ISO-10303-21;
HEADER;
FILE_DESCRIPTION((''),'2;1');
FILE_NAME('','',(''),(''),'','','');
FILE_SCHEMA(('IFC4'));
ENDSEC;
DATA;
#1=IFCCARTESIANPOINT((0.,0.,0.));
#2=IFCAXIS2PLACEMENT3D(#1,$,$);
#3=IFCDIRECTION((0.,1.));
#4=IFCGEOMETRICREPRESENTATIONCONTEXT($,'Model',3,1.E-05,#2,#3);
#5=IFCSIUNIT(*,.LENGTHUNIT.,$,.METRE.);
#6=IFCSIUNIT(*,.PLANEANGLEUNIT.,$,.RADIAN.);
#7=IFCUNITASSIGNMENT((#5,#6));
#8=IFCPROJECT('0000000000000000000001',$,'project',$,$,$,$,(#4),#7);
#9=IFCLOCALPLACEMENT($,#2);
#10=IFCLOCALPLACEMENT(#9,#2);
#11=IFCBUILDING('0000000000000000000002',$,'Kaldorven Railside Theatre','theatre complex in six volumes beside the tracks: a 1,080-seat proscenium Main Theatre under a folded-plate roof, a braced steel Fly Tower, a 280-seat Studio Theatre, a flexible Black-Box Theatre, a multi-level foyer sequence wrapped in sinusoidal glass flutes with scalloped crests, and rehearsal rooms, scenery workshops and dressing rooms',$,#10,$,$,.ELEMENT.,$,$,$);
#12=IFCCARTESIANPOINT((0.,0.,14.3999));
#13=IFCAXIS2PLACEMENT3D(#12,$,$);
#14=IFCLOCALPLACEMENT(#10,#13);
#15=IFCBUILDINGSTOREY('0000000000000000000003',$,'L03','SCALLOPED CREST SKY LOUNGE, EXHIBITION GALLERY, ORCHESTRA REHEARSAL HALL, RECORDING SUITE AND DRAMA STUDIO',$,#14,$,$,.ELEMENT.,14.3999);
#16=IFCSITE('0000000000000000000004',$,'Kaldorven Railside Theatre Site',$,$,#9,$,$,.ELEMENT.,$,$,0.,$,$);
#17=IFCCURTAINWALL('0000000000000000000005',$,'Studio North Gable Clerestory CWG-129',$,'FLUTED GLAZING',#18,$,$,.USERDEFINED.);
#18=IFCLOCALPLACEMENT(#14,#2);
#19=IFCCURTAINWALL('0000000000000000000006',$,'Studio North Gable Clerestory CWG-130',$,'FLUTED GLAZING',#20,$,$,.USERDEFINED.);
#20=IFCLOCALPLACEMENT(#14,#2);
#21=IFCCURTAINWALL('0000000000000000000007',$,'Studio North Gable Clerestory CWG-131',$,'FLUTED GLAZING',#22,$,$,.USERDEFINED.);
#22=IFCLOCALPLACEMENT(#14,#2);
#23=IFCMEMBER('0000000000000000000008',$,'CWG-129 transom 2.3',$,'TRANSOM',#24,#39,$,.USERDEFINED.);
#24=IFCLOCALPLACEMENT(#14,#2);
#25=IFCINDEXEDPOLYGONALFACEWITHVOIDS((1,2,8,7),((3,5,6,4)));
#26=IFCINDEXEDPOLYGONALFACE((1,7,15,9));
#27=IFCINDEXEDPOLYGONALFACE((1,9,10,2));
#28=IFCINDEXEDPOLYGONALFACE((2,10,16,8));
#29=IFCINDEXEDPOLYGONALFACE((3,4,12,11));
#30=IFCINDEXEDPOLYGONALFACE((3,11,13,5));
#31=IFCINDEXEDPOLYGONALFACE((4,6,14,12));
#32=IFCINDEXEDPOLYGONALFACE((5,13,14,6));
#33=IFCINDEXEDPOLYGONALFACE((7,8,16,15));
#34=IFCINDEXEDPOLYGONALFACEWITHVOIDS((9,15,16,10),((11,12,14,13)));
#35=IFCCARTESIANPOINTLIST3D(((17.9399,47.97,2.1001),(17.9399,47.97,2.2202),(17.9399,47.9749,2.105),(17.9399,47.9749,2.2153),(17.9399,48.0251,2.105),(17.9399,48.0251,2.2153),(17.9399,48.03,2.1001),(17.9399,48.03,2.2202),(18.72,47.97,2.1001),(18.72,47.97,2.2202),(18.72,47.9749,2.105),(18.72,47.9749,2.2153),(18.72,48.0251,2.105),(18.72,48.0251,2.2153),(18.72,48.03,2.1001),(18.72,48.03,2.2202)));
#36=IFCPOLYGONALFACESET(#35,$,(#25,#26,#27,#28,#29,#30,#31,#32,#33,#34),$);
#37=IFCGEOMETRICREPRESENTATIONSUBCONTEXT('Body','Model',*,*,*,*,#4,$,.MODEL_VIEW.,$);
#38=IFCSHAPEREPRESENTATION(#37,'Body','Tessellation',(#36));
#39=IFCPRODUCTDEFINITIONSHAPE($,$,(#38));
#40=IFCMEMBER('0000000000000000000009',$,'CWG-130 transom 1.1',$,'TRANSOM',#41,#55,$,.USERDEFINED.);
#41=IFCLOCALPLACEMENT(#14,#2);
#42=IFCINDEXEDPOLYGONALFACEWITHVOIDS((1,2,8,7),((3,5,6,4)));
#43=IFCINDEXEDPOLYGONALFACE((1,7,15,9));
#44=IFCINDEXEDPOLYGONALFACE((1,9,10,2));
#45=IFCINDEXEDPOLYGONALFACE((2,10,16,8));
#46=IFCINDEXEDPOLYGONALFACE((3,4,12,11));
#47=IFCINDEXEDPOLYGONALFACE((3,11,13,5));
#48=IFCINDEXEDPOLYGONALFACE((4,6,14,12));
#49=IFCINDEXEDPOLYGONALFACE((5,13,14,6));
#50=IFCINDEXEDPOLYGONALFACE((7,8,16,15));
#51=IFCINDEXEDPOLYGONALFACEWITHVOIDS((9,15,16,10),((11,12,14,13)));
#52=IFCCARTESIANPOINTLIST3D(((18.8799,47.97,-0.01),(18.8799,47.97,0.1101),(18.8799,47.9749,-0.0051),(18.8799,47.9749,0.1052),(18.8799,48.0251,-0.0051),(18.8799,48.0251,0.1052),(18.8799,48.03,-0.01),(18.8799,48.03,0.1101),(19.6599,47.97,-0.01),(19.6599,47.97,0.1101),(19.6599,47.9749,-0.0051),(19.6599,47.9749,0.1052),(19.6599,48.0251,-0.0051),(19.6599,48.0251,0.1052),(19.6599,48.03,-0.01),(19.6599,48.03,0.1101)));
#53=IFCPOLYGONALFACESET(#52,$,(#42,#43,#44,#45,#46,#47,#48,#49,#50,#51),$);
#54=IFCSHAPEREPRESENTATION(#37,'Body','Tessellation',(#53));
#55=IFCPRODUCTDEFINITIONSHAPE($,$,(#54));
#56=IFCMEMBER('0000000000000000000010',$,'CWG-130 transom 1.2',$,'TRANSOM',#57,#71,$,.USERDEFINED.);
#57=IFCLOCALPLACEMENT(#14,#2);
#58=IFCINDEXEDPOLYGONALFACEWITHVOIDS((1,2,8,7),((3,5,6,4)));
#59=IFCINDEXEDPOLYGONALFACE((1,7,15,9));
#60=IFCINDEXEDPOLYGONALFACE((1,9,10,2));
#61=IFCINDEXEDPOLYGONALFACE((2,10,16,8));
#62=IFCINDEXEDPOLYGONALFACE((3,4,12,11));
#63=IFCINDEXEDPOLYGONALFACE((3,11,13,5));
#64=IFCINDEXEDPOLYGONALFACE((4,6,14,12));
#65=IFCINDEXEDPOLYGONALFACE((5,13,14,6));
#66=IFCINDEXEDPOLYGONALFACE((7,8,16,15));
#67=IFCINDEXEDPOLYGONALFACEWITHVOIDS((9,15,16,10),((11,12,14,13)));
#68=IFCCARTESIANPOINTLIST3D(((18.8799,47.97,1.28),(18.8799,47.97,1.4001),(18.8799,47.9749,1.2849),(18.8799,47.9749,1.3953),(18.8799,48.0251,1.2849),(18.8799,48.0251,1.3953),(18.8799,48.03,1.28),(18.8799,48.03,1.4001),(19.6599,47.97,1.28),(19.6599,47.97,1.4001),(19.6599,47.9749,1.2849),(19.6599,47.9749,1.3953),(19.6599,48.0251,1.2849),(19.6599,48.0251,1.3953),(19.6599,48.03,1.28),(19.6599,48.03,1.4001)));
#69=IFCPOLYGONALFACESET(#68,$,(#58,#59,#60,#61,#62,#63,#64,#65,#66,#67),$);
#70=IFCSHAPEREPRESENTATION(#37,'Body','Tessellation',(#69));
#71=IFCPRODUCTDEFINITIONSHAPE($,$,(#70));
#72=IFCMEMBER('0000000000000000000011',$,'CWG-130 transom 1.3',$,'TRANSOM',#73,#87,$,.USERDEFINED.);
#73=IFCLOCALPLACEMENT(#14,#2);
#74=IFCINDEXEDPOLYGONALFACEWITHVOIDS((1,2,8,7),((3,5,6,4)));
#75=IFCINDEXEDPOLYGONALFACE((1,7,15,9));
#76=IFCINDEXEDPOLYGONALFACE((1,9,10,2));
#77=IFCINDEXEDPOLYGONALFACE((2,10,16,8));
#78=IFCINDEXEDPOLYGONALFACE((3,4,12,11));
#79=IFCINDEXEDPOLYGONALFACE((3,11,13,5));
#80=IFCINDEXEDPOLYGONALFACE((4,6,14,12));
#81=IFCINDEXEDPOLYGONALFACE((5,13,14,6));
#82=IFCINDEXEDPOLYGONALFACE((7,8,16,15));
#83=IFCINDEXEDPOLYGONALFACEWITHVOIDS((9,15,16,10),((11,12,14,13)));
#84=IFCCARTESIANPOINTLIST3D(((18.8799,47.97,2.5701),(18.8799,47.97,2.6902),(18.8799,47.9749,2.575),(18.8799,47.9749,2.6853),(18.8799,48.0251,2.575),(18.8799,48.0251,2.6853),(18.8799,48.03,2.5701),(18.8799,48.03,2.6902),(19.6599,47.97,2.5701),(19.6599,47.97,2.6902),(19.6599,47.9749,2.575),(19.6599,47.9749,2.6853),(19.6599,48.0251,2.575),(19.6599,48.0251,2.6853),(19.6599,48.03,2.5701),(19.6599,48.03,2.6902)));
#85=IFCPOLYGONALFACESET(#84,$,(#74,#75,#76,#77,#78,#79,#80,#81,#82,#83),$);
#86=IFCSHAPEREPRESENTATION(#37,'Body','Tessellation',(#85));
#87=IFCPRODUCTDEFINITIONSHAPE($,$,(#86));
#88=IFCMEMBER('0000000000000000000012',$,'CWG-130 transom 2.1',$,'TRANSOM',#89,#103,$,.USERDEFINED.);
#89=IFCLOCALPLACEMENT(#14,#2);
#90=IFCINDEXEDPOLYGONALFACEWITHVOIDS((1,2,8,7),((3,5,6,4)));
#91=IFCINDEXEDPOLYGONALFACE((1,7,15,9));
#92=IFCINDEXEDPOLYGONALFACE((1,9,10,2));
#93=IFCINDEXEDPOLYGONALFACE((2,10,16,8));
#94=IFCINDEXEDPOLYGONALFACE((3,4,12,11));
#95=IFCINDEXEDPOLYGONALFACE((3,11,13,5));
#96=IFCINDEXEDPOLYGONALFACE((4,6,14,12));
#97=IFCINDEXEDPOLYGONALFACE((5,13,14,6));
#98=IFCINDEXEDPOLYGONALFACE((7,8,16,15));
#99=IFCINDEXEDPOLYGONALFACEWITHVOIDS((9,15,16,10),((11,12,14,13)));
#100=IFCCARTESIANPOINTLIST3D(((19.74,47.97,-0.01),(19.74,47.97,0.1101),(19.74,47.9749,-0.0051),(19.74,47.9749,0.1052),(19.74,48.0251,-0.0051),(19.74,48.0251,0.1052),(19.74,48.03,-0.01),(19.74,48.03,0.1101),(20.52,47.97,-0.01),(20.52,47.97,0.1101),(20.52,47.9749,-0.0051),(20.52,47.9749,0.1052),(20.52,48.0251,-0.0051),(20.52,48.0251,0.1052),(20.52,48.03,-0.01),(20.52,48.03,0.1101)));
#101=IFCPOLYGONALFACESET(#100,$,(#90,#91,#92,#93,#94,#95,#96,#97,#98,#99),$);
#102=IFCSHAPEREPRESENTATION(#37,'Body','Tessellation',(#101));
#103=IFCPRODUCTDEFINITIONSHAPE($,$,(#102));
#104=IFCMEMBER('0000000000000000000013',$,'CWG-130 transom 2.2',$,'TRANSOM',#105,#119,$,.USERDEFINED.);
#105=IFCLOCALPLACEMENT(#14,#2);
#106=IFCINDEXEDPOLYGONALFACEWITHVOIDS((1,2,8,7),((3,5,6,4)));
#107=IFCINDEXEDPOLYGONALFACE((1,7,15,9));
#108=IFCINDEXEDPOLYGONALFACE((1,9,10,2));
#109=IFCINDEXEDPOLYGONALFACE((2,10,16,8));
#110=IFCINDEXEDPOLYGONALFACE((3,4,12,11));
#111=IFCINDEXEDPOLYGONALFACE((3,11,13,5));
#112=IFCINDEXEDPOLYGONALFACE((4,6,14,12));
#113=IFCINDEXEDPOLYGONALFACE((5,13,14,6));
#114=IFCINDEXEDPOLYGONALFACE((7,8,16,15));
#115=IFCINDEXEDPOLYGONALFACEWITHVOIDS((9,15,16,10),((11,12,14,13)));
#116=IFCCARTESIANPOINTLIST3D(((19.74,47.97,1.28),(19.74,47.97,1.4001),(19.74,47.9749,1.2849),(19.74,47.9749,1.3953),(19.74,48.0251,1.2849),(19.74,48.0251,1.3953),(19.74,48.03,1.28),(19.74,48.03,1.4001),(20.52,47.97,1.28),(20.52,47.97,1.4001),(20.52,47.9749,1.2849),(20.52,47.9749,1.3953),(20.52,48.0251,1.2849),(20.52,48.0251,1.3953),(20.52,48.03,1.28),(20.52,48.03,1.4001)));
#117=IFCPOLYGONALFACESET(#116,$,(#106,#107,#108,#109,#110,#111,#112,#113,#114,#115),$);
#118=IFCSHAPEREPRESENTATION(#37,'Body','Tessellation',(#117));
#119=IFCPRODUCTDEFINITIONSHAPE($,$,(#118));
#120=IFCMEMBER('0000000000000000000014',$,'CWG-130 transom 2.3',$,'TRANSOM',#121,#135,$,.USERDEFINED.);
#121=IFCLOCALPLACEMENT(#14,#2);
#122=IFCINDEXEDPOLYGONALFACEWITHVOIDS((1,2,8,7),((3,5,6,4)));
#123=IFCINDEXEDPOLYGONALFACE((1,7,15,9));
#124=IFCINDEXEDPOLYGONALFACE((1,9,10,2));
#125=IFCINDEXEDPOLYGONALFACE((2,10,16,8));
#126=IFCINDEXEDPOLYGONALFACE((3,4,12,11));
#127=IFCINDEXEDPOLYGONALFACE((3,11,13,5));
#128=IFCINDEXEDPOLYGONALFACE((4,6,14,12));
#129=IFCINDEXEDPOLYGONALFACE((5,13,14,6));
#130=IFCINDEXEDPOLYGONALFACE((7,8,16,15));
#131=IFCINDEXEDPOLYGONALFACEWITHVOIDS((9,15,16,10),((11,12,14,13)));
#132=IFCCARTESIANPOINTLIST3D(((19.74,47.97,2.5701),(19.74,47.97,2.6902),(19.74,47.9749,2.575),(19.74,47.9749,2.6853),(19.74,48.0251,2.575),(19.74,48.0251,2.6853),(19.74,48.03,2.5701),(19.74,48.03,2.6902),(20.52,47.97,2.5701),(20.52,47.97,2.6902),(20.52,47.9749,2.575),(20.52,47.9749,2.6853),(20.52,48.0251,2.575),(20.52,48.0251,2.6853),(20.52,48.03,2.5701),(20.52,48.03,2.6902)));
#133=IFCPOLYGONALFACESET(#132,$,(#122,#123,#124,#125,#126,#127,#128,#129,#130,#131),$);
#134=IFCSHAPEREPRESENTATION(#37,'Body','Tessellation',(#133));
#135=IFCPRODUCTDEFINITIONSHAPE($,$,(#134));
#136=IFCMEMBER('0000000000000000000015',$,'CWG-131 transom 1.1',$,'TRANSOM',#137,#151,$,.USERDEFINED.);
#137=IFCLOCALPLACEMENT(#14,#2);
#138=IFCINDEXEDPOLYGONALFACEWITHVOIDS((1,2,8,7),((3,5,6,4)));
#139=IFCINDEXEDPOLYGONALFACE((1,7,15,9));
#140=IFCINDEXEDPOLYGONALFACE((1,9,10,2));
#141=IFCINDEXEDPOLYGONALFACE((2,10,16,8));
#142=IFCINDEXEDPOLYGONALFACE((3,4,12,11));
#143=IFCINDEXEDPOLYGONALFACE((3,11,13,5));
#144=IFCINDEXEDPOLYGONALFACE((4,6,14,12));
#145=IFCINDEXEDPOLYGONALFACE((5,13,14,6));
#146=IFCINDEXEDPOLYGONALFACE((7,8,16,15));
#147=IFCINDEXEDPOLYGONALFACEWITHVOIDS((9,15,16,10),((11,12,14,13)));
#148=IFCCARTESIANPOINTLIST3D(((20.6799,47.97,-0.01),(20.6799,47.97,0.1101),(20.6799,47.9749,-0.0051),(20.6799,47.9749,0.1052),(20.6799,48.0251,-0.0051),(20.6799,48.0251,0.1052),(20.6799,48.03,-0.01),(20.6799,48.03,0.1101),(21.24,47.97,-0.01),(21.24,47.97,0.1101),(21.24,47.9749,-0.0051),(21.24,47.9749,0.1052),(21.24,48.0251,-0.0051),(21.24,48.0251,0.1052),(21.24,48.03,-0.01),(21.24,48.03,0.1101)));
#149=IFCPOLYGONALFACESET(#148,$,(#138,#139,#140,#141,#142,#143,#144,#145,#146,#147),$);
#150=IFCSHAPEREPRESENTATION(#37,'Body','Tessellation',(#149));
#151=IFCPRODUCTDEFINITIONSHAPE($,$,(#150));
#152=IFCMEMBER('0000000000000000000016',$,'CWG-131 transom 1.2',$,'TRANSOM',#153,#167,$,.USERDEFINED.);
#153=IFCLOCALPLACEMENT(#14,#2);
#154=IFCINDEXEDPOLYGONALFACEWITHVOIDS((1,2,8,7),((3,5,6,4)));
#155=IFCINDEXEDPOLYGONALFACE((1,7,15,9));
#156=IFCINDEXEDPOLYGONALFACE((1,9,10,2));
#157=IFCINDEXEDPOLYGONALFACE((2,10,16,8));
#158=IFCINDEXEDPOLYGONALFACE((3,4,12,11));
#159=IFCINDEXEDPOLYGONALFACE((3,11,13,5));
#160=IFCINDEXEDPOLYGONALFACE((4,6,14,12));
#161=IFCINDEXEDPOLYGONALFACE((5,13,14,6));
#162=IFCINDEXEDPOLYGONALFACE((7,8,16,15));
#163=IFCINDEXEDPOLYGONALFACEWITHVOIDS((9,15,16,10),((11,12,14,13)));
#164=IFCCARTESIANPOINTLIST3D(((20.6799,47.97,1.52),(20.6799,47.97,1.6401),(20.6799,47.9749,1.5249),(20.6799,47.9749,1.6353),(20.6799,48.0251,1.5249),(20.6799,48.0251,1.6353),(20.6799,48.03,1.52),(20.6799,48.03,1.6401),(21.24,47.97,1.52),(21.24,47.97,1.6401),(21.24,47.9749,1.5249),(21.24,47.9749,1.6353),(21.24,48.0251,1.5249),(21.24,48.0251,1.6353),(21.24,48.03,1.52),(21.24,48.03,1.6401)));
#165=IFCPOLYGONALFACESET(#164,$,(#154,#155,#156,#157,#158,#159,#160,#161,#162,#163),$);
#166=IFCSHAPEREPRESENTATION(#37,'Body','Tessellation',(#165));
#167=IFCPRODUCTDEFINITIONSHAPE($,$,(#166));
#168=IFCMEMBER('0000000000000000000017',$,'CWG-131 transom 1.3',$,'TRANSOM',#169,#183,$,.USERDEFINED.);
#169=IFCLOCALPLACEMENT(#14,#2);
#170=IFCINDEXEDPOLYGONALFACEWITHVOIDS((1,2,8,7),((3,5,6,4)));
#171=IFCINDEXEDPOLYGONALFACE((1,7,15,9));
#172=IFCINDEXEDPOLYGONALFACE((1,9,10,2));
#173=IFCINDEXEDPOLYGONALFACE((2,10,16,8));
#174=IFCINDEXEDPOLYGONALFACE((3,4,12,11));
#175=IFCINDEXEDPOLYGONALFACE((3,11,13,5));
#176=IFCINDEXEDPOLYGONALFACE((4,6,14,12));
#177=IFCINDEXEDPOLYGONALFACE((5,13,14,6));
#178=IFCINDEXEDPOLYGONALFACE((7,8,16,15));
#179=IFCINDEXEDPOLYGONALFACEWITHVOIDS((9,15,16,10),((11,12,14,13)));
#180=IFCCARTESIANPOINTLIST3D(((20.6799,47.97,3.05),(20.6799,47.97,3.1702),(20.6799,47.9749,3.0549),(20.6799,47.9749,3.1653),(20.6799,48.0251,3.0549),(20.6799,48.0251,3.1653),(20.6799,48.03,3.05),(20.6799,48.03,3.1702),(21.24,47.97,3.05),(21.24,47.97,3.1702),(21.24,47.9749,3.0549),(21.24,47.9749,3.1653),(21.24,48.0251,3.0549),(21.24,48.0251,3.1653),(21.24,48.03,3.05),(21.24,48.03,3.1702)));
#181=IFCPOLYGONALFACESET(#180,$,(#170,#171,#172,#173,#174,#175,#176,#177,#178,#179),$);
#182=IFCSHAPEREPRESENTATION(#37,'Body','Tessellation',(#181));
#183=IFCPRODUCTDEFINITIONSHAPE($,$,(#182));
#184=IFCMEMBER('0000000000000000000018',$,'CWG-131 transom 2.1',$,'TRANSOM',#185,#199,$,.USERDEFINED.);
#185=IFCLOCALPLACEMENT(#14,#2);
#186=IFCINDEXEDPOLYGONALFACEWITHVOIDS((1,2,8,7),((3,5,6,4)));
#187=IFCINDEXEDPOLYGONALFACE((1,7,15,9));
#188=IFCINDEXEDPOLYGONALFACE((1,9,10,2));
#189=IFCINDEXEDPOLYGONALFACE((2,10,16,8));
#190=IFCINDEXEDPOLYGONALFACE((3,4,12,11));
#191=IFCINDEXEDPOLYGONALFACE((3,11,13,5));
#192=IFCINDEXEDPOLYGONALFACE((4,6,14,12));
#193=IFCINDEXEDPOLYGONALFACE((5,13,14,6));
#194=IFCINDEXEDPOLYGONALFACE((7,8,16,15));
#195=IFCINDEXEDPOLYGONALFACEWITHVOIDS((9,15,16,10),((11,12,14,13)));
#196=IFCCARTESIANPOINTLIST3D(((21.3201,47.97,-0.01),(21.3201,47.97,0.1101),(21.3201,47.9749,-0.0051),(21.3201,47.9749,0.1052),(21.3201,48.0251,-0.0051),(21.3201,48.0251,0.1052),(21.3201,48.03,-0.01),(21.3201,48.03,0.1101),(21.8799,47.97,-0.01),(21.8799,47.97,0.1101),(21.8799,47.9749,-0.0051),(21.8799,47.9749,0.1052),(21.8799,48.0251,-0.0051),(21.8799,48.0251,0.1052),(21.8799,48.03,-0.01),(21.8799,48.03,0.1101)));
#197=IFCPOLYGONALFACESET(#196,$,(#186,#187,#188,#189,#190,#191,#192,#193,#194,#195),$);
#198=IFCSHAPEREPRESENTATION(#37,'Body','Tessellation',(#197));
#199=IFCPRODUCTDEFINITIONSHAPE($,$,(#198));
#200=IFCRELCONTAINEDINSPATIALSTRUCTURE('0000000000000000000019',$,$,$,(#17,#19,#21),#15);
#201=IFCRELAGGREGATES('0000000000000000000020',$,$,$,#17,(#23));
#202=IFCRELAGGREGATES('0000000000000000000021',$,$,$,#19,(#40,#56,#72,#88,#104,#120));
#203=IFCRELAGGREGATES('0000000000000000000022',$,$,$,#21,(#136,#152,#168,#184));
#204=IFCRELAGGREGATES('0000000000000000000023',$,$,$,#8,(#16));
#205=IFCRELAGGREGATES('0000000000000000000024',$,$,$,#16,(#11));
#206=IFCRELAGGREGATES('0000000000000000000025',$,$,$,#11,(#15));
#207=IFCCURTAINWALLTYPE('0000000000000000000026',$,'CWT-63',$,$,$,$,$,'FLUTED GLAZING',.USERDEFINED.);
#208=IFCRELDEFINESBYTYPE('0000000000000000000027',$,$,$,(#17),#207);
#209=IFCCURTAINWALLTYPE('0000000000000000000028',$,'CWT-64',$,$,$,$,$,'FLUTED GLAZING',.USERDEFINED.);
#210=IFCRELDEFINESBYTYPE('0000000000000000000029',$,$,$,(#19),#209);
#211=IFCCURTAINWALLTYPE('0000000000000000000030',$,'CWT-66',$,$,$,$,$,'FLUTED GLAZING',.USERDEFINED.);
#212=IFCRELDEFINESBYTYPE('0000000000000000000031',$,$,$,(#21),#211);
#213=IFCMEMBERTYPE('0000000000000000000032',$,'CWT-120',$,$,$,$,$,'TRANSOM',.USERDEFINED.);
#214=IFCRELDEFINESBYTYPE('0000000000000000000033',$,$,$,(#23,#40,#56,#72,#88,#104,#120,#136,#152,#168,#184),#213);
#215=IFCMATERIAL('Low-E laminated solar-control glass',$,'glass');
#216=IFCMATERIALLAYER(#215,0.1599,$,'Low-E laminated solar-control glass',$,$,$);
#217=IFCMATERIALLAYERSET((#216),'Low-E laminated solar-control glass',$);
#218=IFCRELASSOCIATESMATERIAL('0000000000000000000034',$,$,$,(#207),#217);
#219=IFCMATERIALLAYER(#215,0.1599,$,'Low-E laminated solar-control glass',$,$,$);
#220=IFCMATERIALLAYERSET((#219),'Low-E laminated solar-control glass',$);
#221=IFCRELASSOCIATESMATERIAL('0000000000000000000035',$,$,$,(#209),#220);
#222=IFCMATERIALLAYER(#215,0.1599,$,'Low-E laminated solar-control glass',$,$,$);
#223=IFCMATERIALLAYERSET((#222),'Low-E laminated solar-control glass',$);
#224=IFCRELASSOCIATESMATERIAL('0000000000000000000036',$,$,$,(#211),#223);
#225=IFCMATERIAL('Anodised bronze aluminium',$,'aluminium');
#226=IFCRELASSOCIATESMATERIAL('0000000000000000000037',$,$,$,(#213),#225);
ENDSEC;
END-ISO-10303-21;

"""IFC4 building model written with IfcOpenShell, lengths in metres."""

from ifc_helpers import new_model, si_unit, direction, frame, origin, origin_2d, place, context, subcontext, project, spatial, hollow_rectangle, extrude, material, layer, layer_set, material_profile, profile_set, type_object, element, aggregate, save


model = new_model("IFC4")

# Units and contexts
model_context = context("Model", 3, precision=1e-05, world=origin(), true_north=direction((0.0, 1.0)))
body_context = subcontext(model_context, "Body", "Model", "MODEL_VIEW")
ifc_project = project(units=[si_unit("LENGTHUNIT", "METRE"), si_unit("PLANEANGLEUNIT", "RADIAN")], contexts=[model_context])

# Site, building, storey
site_placement = place(None, origin())
site = spatial("IfcSite", under=ifc_project, at=site_placement, Name="Kaldorven Railside Theatre Site", CompositionType="ELEMENT", RefElevation=0.0)
building_placement = place(site_placement, origin())
building = spatial("IfcBuilding", under=site, at=building_placement, Name="Kaldorven Railside Theatre", Description="theatre complex in six volumes beside the tracks: a 1,080-seat proscenium Main Theatre under a folded-plate roof, a braced steel Fly Tower, a 280-seat Studio Theatre, a flexible Black-Box Theatre, a multi-level foyer sequence wrapped in sinusoidal glass flutes with scalloped crests, and rehearsal rooms, scenery workshops and dressing rooms", CompositionType="ELEMENT")
storey_placement = place(building_placement, frame((0.0, 0.0, 14.3999)))
storey = spatial("IfcBuildingStorey", under=building, at=storey_placement, Name="L03", Description="SCALLOPED CREST SKY LOUNGE, EXHIBITION GALLERY, ORCHESTRA REHEARSAL HALL, RECORDING SUITE AND DRAMA STUDIO", CompositionType="ELEMENT", Elevation=14.3999)

# Curtain walls
ifc_material_1 = material(Name="Low-E laminated solar-control glass", Category="glass")
ifc_layer_1 = layer(ifc_material_1, 0.1599, Name="Low-E laminated solar-control glass")
ifc_layer_set_1 = layer_set([ifc_layer_1], Name="Low-E laminated solar-control glass")
curtain_wall_type_1 = type_object("IfcCurtainWallType", Name="CWT-63", ElementType="FLUTED GLAZING", PredefinedType="USERDEFINED", material=ifc_layer_set_1)
curtain_wall_1_placement = place(storey_placement, origin())
curtain_wall_1 = element("IfcCurtainWall", 1, at=curtain_wall_1_placement, inside=storey, type_object=curtain_wall_type_1, Name="Studio North Gable Clerestory CWG-129", ObjectType="FLUTED GLAZING", PredefinedType="USERDEFINED")
ifc_material_2 = material(Name="Anodised bronze aluminium", Category="aluminium")
ifc_layer_2 = layer(ifc_material_1, 0.1599, Name="Low-E laminated solar-control glass")
ifc_layer_set_2 = layer_set([ifc_layer_2], Name="Low-E laminated solar-control glass")
curtain_wall_type_2 = type_object("IfcCurtainWallType", Name="CWT-64", ElementType="FLUTED GLAZING", PredefinedType="USERDEFINED", material=ifc_layer_set_2)
curtain_wall_2_placement = place(storey_placement, origin())
curtain_wall_2 = element("IfcCurtainWall", 2, at=curtain_wall_2_placement, inside=storey, type_object=curtain_wall_type_2, Name="Studio North Gable Clerestory CWG-130", ObjectType="FLUTED GLAZING", PredefinedType="USERDEFINED")
ifc_layer_3 = layer(ifc_material_1, 0.1599, Name="Low-E laminated solar-control glass")
ifc_layer_set_3 = layer_set([ifc_layer_3], Name="Low-E laminated solar-control glass")
curtain_wall_type_3 = type_object("IfcCurtainWallType", Name="CWT-66", ElementType="FLUTED GLAZING", PredefinedType="USERDEFINED", material=ifc_layer_set_3)
curtain_wall_3_placement = place(storey_placement, origin())
curtain_wall_3 = element("IfcCurtainWall", 3, at=curtain_wall_3_placement, inside=storey, type_object=curtain_wall_type_3, Name="Studio North Gable Clerestory CWG-131", ObjectType="FLUTED GLAZING", PredefinedType="USERDEFINED")

# Members
ifc_material_profile_1 = material_profile(ifc_material_2, hollow_rectangle(XDim=0.0601, YDim=0.1201, WallThickness=0.0049, at=origin_2d()), Name="RHS 120x60x5")
ifc_profile_set_1 = profile_set([ifc_material_profile_1], Name="Anodised bronze aluminium")
member_type_1 = type_object("IfcMemberType", Name="CWT-120", ElementType="TRANSOM", PredefinedType="USERDEFINED", material=ifc_profile_set_1)
member_1_placement = place(storey_placement, frame((17.9399, 48.0, 2.1602), z_axis=(1.0, 0.0, 0.0), x_axis=(0.0, 1.0, 0.0)))
member_1 = element("IfcMember", 4, at=member_1_placement, type_object=member_type_1, Name="CWG-129 transom 2.3", ObjectType="TRANSOM", PredefinedType="USERDEFINED", context=body_context, shape_type="SweptSolid", body=[
    extrude(hollow_rectangle(XDim=0.0601, YDim=0.1201, WallThickness=0.0049, at=origin_2d()), origin(), (0.0, 0.0, 1.0), 0.78),
])
member_2_placement = place(storey_placement, frame((18.8799, 48.0, 0.05), z_axis=(1.0, 0.0, 0.0), x_axis=(0.0, 1.0, 0.0)))
member_2 = element("IfcMember", 5, at=member_2_placement, type_object=member_type_1, Name="CWG-130 transom 1.1", ObjectType="TRANSOM", PredefinedType="USERDEFINED", context=body_context, shape_type="SweptSolid", body=[
    extrude(hollow_rectangle(XDim=0.0601, YDim=0.1201, WallThickness=0.0049, at=origin_2d()), origin(), (0.0, 0.0, 1.0), 0.78),
])
member_3_placement = place(storey_placement, frame((18.8799, 48.0, 1.3401), z_axis=(1.0, 0.0, 0.0), x_axis=(0.0, 1.0, 0.0)))
member_3 = element("IfcMember", 6, at=member_3_placement, type_object=member_type_1, Name="CWG-130 transom 1.2", ObjectType="TRANSOM", PredefinedType="USERDEFINED", context=body_context, shape_type="SweptSolid", body=[
    extrude(hollow_rectangle(XDim=0.0601, YDim=0.1201, WallThickness=0.0049, at=origin_2d()), origin(), (0.0, 0.0, 1.0), 0.78),
])
member_4_placement = place(storey_placement, frame((18.8799, 48.0, 2.6301), z_axis=(1.0, 0.0, 0.0), x_axis=(0.0, 1.0, 0.0)))
member_4 = element("IfcMember", 7, at=member_4_placement, type_object=member_type_1, Name="CWG-130 transom 1.3", ObjectType="TRANSOM", PredefinedType="USERDEFINED", context=body_context, shape_type="SweptSolid", body=[
    extrude(hollow_rectangle(XDim=0.0601, YDim=0.1201, WallThickness=0.0049, at=origin_2d()), origin(), (0.0, 0.0, 1.0), 0.78),
])
member_5_placement = place(storey_placement, frame((19.74, 48.0, 0.05), z_axis=(1.0, 0.0, 0.0), x_axis=(0.0, 1.0, 0.0)))
member_5 = element("IfcMember", 8, at=member_5_placement, type_object=member_type_1, Name="CWG-130 transom 2.1", ObjectType="TRANSOM", PredefinedType="USERDEFINED", context=body_context, shape_type="SweptSolid", body=[
    extrude(hollow_rectangle(XDim=0.0601, YDim=0.1201, WallThickness=0.0049, at=origin_2d()), origin(), (0.0, 0.0, 1.0), 0.78),
])
member_6_placement = place(storey_placement, frame((19.74, 48.0, 1.3401), z_axis=(1.0, 0.0, 0.0), x_axis=(0.0, 1.0, 0.0)))
member_6 = element("IfcMember", 9, at=member_6_placement, type_object=member_type_1, Name="CWG-130 transom 2.2", ObjectType="TRANSOM", PredefinedType="USERDEFINED", context=body_context, shape_type="SweptSolid", body=[
    extrude(hollow_rectangle(XDim=0.0601, YDim=0.1201, WallThickness=0.0049, at=origin_2d()), origin(), (0.0, 0.0, 1.0), 0.78),
])
member_7_placement = place(storey_placement, frame((19.74, 48.0, 2.6301), z_axis=(1.0, 0.0, 0.0), x_axis=(0.0, 1.0, 0.0)))
member_7 = element("IfcMember", 10, at=member_7_placement, type_object=member_type_1, Name="CWG-130 transom 2.3", ObjectType="TRANSOM", PredefinedType="USERDEFINED", context=body_context, shape_type="SweptSolid", body=[
    extrude(hollow_rectangle(XDim=0.0601, YDim=0.1201, WallThickness=0.0049, at=origin_2d()), origin(), (0.0, 0.0, 1.0), 0.78),
])
member_8_placement = place(storey_placement, frame((20.6799, 48.0, 0.05), z_axis=(1.0, 0.0, 0.0), x_axis=(0.0, 1.0, 0.0)))
member_8 = element("IfcMember", 11, at=member_8_placement, type_object=member_type_1, Name="CWG-131 transom 1.1", ObjectType="TRANSOM", PredefinedType="USERDEFINED", context=body_context, shape_type="SweptSolid", body=[
    extrude(hollow_rectangle(XDim=0.0601, YDim=0.1201, WallThickness=0.0049, at=origin_2d()), origin(), (0.0, 0.0, 1.0), 0.5601),
])
member_9_placement = place(storey_placement, frame((20.6799, 48.0, 1.5801), z_axis=(1.0, 0.0, 0.0), x_axis=(0.0, 1.0, 0.0)))
member_9 = element("IfcMember", 12, at=member_9_placement, type_object=member_type_1, Name="CWG-131 transom 1.2", ObjectType="TRANSOM", PredefinedType="USERDEFINED", context=body_context, shape_type="SweptSolid", body=[
    extrude(hollow_rectangle(XDim=0.0601, YDim=0.1201, WallThickness=0.0049, at=origin_2d()), origin(), (0.0, 0.0, 1.0), 0.5601),
])
member_10_placement = place(storey_placement, frame((20.6799, 48.0, 3.1101), z_axis=(1.0, 0.0, 0.0), x_axis=(0.0, 1.0, 0.0)))
member_10 = element("IfcMember", 13, at=member_10_placement, type_object=member_type_1, Name="CWG-131 transom 1.3", ObjectType="TRANSOM", PredefinedType="USERDEFINED", context=body_context, shape_type="SweptSolid", body=[
    extrude(hollow_rectangle(XDim=0.0601, YDim=0.1201, WallThickness=0.0049, at=origin_2d()), origin(), (0.0, 0.0, 1.0), 0.5601),
])
member_11_placement = place(storey_placement, frame((21.3201, 48.0, 0.05), z_axis=(1.0, 0.0, 0.0), x_axis=(0.0, 1.0, 0.0)))
member_11 = element("IfcMember", 14, at=member_11_placement, type_object=member_type_1, Name="CWG-131 transom 2.1", ObjectType="TRANSOM", PredefinedType="USERDEFINED", context=body_context, shape_type="SweptSolid", body=[
    extrude(hollow_rectangle(XDim=0.0601, YDim=0.1201, WallThickness=0.0049, at=origin_2d()), origin(), (0.0, 0.0, 1.0), 0.5598),
])

aggregate(curtain_wall_1, [member_1])
aggregate(curtain_wall_2, [member_2, member_3, member_4, member_5, member_6, member_7])
aggregate(curtain_wall_3, [member_8, member_9, member_10, member_11])

save(model, "model.ifc")
